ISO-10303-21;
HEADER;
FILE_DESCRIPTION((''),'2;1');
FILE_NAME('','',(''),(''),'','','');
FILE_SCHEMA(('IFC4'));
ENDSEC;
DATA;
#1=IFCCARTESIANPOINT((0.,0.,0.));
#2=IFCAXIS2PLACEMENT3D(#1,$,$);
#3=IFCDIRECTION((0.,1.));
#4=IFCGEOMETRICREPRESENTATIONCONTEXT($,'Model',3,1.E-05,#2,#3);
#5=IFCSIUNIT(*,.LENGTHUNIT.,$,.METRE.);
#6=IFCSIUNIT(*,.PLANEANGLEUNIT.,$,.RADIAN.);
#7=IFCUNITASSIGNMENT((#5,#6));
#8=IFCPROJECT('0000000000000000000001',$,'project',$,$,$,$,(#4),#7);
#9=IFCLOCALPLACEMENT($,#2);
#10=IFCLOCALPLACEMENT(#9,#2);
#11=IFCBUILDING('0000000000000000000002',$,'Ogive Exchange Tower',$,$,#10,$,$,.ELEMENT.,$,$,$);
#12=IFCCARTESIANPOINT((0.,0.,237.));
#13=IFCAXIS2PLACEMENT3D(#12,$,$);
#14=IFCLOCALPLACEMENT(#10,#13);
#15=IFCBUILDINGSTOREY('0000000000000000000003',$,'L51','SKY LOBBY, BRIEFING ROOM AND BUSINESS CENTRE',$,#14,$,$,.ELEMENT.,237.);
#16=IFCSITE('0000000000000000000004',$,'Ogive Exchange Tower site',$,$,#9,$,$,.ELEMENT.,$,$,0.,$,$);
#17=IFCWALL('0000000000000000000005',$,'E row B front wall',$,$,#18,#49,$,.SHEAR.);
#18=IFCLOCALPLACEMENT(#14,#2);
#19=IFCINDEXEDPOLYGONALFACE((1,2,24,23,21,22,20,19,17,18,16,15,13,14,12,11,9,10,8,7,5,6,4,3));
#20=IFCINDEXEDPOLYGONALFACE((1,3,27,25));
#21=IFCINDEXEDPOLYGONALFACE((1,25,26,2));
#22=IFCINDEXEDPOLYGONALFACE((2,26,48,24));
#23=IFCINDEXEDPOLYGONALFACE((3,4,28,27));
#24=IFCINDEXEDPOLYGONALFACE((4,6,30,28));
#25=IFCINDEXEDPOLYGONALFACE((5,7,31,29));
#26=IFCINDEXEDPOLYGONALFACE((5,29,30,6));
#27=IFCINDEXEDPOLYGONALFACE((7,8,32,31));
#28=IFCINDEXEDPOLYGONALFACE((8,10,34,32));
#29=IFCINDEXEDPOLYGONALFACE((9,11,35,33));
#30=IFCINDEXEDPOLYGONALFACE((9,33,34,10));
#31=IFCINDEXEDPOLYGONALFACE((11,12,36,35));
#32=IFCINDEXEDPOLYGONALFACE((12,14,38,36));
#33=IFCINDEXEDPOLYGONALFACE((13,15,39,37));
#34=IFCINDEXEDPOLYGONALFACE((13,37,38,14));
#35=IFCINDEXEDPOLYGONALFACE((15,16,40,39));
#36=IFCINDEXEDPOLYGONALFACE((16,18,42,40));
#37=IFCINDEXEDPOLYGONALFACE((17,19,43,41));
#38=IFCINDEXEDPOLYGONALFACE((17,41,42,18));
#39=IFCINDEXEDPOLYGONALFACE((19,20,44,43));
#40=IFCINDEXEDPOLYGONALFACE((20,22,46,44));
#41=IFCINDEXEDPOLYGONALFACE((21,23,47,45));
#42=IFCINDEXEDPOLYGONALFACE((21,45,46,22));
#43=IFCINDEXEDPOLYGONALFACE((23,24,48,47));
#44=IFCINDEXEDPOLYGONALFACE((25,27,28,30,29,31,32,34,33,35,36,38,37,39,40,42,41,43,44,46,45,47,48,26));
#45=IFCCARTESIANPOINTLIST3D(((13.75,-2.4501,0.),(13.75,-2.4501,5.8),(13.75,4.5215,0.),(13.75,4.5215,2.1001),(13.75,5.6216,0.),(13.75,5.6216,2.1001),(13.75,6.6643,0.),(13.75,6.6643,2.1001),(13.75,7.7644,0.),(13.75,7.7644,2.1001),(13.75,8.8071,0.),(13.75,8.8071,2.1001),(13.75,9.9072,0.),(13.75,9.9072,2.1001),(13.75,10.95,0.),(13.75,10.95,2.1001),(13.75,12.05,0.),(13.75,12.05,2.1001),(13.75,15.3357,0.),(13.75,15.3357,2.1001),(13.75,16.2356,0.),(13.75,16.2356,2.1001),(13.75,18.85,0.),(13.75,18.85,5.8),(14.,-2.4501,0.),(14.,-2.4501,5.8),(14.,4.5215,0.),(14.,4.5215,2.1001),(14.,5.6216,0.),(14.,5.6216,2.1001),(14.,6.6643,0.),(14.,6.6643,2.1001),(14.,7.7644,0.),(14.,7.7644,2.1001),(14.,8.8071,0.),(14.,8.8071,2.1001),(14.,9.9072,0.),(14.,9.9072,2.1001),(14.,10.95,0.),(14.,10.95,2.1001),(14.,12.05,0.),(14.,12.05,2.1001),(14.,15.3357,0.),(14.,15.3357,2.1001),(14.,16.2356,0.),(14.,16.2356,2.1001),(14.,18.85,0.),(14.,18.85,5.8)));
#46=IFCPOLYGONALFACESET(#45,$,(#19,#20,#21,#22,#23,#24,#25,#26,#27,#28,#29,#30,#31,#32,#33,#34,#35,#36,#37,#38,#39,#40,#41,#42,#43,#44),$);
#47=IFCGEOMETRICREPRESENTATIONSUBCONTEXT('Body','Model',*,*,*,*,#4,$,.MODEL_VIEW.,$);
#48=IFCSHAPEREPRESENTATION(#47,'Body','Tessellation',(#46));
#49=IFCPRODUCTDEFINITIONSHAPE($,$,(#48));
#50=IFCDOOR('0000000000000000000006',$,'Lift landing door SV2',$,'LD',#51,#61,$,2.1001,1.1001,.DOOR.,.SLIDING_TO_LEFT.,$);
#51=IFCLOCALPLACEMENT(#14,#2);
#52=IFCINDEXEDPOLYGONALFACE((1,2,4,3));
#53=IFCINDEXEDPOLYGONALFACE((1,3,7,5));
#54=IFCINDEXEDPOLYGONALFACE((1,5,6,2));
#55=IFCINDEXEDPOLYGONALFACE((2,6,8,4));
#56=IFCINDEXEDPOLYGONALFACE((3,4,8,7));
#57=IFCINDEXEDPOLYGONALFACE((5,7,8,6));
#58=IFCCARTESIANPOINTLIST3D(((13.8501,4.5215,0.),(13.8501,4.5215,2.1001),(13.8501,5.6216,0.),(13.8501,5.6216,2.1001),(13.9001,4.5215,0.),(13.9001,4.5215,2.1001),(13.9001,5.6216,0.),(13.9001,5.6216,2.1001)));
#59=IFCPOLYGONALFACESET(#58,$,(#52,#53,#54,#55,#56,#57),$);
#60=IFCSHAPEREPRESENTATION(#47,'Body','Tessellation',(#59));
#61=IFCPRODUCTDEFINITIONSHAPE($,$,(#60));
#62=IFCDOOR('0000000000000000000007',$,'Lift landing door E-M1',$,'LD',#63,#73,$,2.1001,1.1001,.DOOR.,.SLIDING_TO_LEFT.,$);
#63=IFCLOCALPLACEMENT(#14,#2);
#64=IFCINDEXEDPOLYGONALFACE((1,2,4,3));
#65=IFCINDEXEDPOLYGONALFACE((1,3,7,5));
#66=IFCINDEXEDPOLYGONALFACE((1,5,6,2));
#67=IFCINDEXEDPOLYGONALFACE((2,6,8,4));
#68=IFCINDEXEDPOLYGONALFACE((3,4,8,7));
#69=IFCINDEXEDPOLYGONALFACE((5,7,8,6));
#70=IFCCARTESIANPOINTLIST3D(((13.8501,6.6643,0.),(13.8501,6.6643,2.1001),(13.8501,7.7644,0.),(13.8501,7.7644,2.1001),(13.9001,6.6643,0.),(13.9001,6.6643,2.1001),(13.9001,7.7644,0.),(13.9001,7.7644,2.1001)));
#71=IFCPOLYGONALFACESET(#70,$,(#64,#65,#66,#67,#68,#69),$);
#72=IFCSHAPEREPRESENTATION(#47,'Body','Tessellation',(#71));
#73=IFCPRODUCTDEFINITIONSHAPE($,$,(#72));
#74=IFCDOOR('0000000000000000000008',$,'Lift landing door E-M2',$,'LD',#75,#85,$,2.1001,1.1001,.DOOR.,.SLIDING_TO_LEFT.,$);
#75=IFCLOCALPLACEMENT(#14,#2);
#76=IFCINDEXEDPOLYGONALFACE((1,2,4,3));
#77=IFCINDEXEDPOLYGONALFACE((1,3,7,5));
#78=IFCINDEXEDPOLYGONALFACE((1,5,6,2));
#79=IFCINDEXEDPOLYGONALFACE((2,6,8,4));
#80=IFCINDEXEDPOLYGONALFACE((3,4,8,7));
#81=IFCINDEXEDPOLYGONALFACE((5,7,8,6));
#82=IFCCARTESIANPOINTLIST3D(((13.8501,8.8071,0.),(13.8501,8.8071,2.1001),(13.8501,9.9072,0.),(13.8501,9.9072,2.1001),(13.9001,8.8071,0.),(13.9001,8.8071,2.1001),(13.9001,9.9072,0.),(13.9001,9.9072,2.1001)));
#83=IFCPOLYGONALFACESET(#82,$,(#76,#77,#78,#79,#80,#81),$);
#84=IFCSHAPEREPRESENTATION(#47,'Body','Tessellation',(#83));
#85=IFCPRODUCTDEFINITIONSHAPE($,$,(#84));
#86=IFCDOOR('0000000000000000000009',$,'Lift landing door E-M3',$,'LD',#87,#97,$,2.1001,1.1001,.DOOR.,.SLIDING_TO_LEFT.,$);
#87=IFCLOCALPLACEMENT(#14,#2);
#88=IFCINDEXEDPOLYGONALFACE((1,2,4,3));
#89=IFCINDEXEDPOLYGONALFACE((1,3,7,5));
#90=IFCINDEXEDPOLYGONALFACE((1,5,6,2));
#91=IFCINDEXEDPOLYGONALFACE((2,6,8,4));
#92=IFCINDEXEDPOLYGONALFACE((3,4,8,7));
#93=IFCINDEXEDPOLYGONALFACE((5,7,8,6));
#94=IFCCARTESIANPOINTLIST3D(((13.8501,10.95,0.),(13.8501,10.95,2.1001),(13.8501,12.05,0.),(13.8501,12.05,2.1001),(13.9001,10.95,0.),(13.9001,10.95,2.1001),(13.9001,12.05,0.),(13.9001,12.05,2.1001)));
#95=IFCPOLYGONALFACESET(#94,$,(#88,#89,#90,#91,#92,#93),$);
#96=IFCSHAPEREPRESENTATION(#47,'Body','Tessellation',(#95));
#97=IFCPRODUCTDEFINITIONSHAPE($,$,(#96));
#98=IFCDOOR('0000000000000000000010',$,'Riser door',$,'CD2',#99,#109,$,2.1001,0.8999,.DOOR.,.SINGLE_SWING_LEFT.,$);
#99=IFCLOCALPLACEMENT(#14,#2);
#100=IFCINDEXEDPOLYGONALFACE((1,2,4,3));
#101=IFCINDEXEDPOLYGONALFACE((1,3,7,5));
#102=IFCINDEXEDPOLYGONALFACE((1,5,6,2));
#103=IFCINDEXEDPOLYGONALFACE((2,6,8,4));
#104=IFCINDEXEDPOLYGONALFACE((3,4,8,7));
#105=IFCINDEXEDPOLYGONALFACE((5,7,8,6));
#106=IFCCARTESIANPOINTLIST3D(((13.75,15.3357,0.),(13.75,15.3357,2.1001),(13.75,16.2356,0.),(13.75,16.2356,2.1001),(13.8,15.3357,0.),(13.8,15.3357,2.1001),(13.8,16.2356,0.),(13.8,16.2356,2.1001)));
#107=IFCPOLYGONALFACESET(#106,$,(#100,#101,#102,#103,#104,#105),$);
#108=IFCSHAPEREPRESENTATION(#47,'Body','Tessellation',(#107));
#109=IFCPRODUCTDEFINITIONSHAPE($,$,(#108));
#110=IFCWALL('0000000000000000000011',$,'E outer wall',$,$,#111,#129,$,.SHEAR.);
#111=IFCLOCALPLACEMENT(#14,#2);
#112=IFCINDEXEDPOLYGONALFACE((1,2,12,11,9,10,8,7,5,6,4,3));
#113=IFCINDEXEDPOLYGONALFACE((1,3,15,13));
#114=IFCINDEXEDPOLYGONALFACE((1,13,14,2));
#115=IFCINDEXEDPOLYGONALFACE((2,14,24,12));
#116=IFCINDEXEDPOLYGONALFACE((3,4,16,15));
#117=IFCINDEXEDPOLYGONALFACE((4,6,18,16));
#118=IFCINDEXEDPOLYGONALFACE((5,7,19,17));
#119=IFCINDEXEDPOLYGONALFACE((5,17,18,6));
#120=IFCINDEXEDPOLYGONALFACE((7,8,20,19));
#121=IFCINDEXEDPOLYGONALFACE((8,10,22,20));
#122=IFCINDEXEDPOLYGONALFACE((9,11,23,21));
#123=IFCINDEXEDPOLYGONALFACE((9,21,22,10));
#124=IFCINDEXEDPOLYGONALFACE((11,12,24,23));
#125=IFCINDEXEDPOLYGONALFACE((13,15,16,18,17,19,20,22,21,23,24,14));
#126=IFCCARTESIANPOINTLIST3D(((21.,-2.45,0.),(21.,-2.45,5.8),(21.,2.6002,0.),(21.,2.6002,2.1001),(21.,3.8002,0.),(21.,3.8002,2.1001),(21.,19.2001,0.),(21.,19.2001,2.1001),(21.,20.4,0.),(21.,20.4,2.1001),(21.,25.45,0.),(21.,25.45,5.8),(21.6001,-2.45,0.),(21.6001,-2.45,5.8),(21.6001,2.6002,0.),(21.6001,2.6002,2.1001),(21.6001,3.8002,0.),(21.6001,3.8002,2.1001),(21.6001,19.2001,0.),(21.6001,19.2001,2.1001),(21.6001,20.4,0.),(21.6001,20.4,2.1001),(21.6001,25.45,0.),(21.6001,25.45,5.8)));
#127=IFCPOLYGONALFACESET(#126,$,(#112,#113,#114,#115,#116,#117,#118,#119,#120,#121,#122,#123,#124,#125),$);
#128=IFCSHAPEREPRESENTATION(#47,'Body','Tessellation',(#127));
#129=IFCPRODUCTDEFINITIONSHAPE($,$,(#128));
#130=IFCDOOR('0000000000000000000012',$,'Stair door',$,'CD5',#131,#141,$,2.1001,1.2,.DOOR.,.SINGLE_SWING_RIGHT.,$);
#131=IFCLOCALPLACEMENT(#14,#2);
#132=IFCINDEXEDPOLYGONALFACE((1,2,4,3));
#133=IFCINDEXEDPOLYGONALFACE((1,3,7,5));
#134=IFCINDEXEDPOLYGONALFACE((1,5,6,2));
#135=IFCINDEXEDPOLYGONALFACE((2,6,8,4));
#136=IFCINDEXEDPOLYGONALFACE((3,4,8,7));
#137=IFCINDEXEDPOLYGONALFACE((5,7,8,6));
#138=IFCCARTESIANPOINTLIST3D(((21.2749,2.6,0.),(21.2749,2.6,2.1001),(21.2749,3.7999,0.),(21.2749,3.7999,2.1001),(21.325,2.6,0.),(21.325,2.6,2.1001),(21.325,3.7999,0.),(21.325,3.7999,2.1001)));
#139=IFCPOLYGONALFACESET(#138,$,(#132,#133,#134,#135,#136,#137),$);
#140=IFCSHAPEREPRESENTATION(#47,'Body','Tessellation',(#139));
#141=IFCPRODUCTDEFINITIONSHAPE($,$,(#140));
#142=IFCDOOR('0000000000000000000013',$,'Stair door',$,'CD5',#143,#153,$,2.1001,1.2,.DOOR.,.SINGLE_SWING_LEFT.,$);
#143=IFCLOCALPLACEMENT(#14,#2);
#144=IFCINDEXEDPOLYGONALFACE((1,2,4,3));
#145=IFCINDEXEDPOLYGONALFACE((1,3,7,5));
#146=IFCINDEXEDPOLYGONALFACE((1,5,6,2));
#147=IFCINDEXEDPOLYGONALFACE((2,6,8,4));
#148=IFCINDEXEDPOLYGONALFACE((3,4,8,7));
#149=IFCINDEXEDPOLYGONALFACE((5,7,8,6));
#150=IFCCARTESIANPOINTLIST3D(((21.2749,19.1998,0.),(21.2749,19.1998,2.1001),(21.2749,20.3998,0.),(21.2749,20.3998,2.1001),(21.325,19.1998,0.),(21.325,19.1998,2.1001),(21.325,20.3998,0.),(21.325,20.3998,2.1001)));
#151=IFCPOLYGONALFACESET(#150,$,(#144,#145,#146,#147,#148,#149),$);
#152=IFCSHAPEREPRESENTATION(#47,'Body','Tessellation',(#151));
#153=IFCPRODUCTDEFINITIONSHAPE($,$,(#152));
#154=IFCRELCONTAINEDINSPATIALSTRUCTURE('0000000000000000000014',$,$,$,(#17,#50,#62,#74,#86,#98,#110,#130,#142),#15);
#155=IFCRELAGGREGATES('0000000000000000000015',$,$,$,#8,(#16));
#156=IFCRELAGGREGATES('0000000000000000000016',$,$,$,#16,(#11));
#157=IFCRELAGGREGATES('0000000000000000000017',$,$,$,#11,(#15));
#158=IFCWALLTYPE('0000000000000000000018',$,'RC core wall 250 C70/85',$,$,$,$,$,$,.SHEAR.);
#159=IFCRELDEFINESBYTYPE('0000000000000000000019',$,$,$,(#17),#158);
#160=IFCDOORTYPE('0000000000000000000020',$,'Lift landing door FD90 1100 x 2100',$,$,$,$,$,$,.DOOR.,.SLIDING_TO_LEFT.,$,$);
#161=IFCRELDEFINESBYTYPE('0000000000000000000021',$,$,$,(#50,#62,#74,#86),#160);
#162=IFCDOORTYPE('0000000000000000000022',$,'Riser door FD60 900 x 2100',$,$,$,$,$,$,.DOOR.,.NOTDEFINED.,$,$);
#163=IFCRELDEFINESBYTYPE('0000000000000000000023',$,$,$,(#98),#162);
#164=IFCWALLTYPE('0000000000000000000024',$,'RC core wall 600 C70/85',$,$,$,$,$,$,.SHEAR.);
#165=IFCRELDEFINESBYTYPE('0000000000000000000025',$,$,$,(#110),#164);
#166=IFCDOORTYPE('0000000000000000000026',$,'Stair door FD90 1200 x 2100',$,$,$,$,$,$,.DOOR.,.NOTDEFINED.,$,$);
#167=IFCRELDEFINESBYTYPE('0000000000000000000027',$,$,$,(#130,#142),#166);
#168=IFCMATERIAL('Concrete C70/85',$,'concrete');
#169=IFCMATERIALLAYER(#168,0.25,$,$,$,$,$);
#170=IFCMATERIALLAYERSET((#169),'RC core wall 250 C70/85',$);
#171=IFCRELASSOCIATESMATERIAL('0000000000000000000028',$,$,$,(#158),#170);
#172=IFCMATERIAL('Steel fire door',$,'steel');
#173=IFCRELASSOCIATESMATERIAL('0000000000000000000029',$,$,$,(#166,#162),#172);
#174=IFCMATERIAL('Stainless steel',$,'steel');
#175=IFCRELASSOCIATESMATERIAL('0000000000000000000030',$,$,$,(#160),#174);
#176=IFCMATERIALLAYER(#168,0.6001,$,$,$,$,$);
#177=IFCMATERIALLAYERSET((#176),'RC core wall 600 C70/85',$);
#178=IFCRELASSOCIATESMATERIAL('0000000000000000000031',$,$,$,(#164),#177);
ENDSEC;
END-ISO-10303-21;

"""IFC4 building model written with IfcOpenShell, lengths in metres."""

from ifc_helpers import new_model, si_unit, direction, frame, frame_2d, origin, place, context, subcontext, project, spatial, rectangle, extrude, material, layer, layer_set, type_object, element, fill, save


model = new_model("IFC4")

# Units and contexts
model_context = context("Model", 3, precision=1e-05, world=origin(), true_north=direction((0.0, 1.0)))
body_context = subcontext(model_context, "Body", "Model", "MODEL_VIEW")
ifc_project = project(units=[si_unit("LENGTHUNIT", "METRE"), si_unit("PLANEANGLEUNIT", "RADIAN")], contexts=[model_context])

# Site, building, storey
site_placement = place(None, origin())
site = spatial("IfcSite", under=ifc_project, at=site_placement, Name="Ogive Exchange Tower site", CompositionType="ELEMENT", RefElevation=0.0)
building_placement = place(site_placement, origin())
building = spatial("IfcBuilding", under=site, at=building_placement, Name="Ogive Exchange Tower", CompositionType="ELEMENT")
storey_placement = place(building_placement, frame((0.0, 0.0, 237.0)))
storey = spatial("IfcBuildingStorey", under=building, at=storey_placement, Name="L51", Description="SKY LOBBY, BRIEFING ROOM AND BUSINESS CENTRE", CompositionType="ELEMENT", Elevation=237.0)

# Shared definitions
ifc_material_1 = material(Name="Concrete C70/85", Category="concrete")
ifc_layer_1 = layer(ifc_material_1, 0.25)
ifc_layer_set_1 = layer_set([ifc_layer_1], Name="RC core wall 250 C70/85")
wall_type_1 = type_object("IfcWallType", Name="RC core wall 250 C70/85", PredefinedType="SHEAR", material=ifc_layer_set_1)
ifc_material_2 = material(Name="Steel fire door", Category="steel")
door_type_1 = type_object("IfcDoorType", Name="Stair door FD90 1200 x 2100", OperationType="NOTDEFINED", PredefinedType="DOOR", material=ifc_material_2)

# Walls, openings, doors
wall_1_placement = place(storey_placement, frame((13.875, -2.45, 0.0), z_axis=(0.0, 0.0, 1.0), x_axis=(0.0, 1.0, 0.0)))
wall_1 = element("IfcWall", 1, at=wall_1_placement, inside=storey, type_object=wall_type_1, Name="E row B front wall", PredefinedType="SHEAR", context=body_context, shape_type="SweptSolid", body=[
    extrude(rectangle(XDim=21.3, YDim=0.25, at=frame_2d((10.6499, 0.0))), origin(), (0.0, 0.0, 1.0), 5.8),
])
opening_1_placement = place(wall_1_placement, frame((17.7856, 0.0, 0.0)))
opening_1 = element("IfcOpeningElement", 2, at=opening_1_placement, cuts=wall_1, PredefinedType="OPENING", context=body_context, shape_type="SweptSolid", body=[
    extrude(rectangle(XDim=0.8999, YDim=2.1001, at=frame_2d((0.45, 1.05))), frame((0.0, 0.135, 0.0), z_axis=(0.0, -1.0, 0.0), x_axis=(1.0, 0.0, 0.0)), (0.0, 0.0, 1.0), 0.27),
])
opening_2_placement = place(wall_1_placement, frame((6.9714, 0.0, 0.0)))
opening_2 = element("IfcOpeningElement", 3, at=opening_2_placement, cuts=wall_1, PredefinedType="OPENING", context=body_context, shape_type="SweptSolid", body=[
    extrude(rectangle(XDim=1.1001, YDim=2.1001, at=frame_2d((0.55, 1.05))), frame((0.0, 0.135, 0.0), z_axis=(0.0, -1.0, 0.0), x_axis=(1.0, 0.0, 0.0)), (0.0, 0.0, 1.0), 0.27),
])
opening_3_placement = place(wall_1_placement, frame((9.1143, 0.0, 0.0)))
opening_3 = element("IfcOpeningElement", 4, at=opening_3_placement, cuts=wall_1, PredefinedType="OPENING", context=body_context, shape_type="SweptSolid", body=[
    extrude(rectangle(XDim=1.1001, YDim=2.1001, at=frame_2d((0.55, 1.05))), frame((0.0, 0.135, 0.0), z_axis=(0.0, -1.0, 0.0), x_axis=(1.0, 0.0, 0.0)), (0.0, 0.0, 1.0), 0.27),
])
opening_4_placement = place(wall_1_placement, frame((11.2571, 0.0, 0.0)))
opening_4 = element("IfcOpeningElement", 5, at=opening_4_placement, cuts=wall_1, PredefinedType="OPENING", context=body_context, shape_type="SweptSolid", body=[
    extrude(rectangle(XDim=1.1001, YDim=2.1001, at=frame_2d((0.55, 1.05))), frame((0.0, 0.135, 0.0), z_axis=(0.0, -1.0, 0.0), x_axis=(1.0, 0.0, 0.0)), (0.0, 0.0, 1.0), 0.27),
])
opening_5_placement = place(wall_1_placement, frame((13.3999, 0.0, 0.0)))
opening_5 = element("IfcOpeningElement", 6, at=opening_5_placement, cuts=wall_1, PredefinedType="OPENING", context=body_context, shape_type="SweptSolid", body=[
    extrude(rectangle(XDim=1.1001, YDim=2.1001, at=frame_2d((0.55, 1.05))), frame((0.0, 0.135, 0.0), z_axis=(0.0, -1.0, 0.0), x_axis=(1.0, 0.0, 0.0)), (0.0, 0.0, 1.0), 0.27),
])
ifc_material_3 = material(Name="Stainless steel", Category="steel")
door_type_2 = type_object("IfcDoorType", Name="Lift landing door FD90 1100 x 2100", OperationType="SLIDING_TO_LEFT", PredefinedType="DOOR", material=ifc_material_3)
door_1_placement = place(opening_2_placement, origin())
door_1 = element("IfcDoor", 7, at=door_1_placement, inside=storey, type_object=door_type_2, Name="Lift landing door SV2", ObjectType="LD", OperationType="SLIDING_TO_LEFT", OverallHeight=2.1001, OverallWidth=1.1001, PredefinedType="DOOR", context=body_context, shape_type="SweptSolid", body=[
    extrude(rectangle(XDim=1.1001, YDim=2.1001, at=frame_2d((0.55, 1.05))), frame((0.0, 0.0249, 0.0), z_axis=(0.0, -1.0, 0.0), x_axis=(1.0, 0.0, 0.0)), (0.0, 0.0, 1.0), 0.05),
])
fill(opening_2, door_1)
door_2_placement = place(opening_3_placement, origin())
door_2 = element("IfcDoor", 8, at=door_2_placement, inside=storey, type_object=door_type_2, Name="Lift landing door E-M1", ObjectType="LD", OperationType="SLIDING_TO_LEFT", OverallHeight=2.1001, OverallWidth=1.1001, PredefinedType="DOOR", context=body_context, shape_type="SweptSolid", body=[
    extrude(rectangle(XDim=1.1001, YDim=2.1001, at=frame_2d((0.55, 1.05))), frame((0.0, 0.0249, 0.0), z_axis=(0.0, -1.0, 0.0), x_axis=(1.0, 0.0, 0.0)), (0.0, 0.0, 1.0), 0.05),
])
fill(opening_3, door_2)
door_3_placement = place(opening_4_placement, origin())
door_3 = element("IfcDoor", 9, at=door_3_placement, inside=storey, type_object=door_type_2, Name="Lift landing door E-M2", ObjectType="LD", OperationType="SLIDING_TO_LEFT", OverallHeight=2.1001, OverallWidth=1.1001, PredefinedType="DOOR", context=body_context, shape_type="SweptSolid", body=[
    extrude(rectangle(XDim=1.1001, YDim=2.1001, at=frame_2d((0.55, 1.05))), frame((0.0, 0.0249, 0.0), z_axis=(0.0, -1.0, 0.0), x_axis=(1.0, 0.0, 0.0)), (0.0, 0.0, 1.0), 0.05),
])
fill(opening_4, door_3)
door_4_placement = place(opening_5_placement, origin())
door_4 = element("IfcDoor", 10, at=door_4_placement, inside=storey, type_object=door_type_2, Name="Lift landing door E-M3", ObjectType="LD", OperationType="SLIDING_TO_LEFT", OverallHeight=2.1001, OverallWidth=1.1001, PredefinedType="DOOR", context=body_context, shape_type="SweptSolid", body=[
    extrude(rectangle(XDim=1.1001, YDim=2.1001, at=frame_2d((0.55, 1.05))), frame((0.0, 0.0249, 0.0), z_axis=(0.0, -1.0, 0.0), x_axis=(1.0, 0.0, 0.0)), (0.0, 0.0, 1.0), 0.05),
])
fill(opening_5, door_4)
door_type_3 = type_object("IfcDoorType", Name="Riser door FD60 900 x 2100", OperationType="NOTDEFINED", PredefinedType="DOOR", material=ifc_material_2)
door_5_placement = place(opening_1_placement, origin())
door_5 = element("IfcDoor", 11, at=door_5_placement, inside=storey, type_object=door_type_3, Name="Riser door", ObjectType="CD2", OperationType="SINGLE_SWING_LEFT", OverallHeight=2.1001, OverallWidth=0.8999, PredefinedType="DOOR", context=body_context, shape_type="SweptSolid", body=[
    extrude(rectangle(XDim=0.8999, YDim=2.1001, at=frame_2d((0.45, 1.05))), frame((0.0, 0.125, 0.0), z_axis=(0.0, -1.0, 0.0), x_axis=(1.0, 0.0, 0.0)), (0.0, 0.0, 1.0), 0.05),
])
fill(opening_1, door_5)
ifc_layer_2 = layer(ifc_material_1, 0.6001)
ifc_layer_set_2 = layer_set([ifc_layer_2], Name="RC core wall 600 C70/85")
wall_type_2 = type_object("IfcWallType", Name="RC core wall 600 C70/85", PredefinedType="SHEAR", material=ifc_layer_set_2)
wall_2_placement = place(storey_placement, frame((21.3, -2.45, 0.0), z_axis=(0.0, 0.0, 1.0), x_axis=(0.0, 1.0, 0.0)))
wall_2 = element("IfcWall", 12, at=wall_2_placement, inside=storey, type_object=wall_type_2, Name="E outer wall", PredefinedType="SHEAR", context=body_context, shape_type="SweptSolid", body=[
    extrude(rectangle(XDim=27.8999, YDim=0.6001, at=frame_2d((13.95, 0.0))), origin(), (0.0, 0.0, 1.0), 5.8),
])
opening_6_placement = place(wall_2_placement, frame((5.05, 0.0, 0.0)))
opening_6 = element("IfcOpeningElement", 13, at=opening_6_placement, cuts=wall_2, PredefinedType="OPENING", context=body_context, shape_type="SweptSolid", body=[
    extrude(rectangle(XDim=1.2, YDim=2.1001, at=frame_2d((0.6001, 1.05))), frame((0.0, 0.3101, 0.0), z_axis=(0.0, -1.0, 0.0), x_axis=(1.0, 0.0, 0.0)), (0.0, 0.0, 1.0), 0.6201),
])
opening_7_placement = place(wall_2_placement, frame((21.6499, 0.0, 0.0)))
opening_7 = element("IfcOpeningElement", 14, at=opening_7_placement, cuts=wall_2, PredefinedType="OPENING", context=body_context, shape_type="SweptSolid", body=[
    extrude(rectangle(XDim=1.2, YDim=2.1001, at=frame_2d((0.6001, 1.05))), frame((0.0, 0.3101, 0.0), z_axis=(0.0, -1.0, 0.0), x_axis=(1.0, 0.0, 0.0)), (0.0, 0.0, 1.0), 0.6201),
])
door_6_placement = place(opening_6_placement, frame((1.2, 0.0, 0.0), z_axis=(0.0, 0.0, 1.0), x_axis=(-1.0, 0.0, 0.0)))
door_6 = element("IfcDoor", 15, at=door_6_placement, inside=storey, type_object=door_type_1, Name="Stair door", ObjectType="CD5", OperationType="SINGLE_SWING_RIGHT", OverallHeight=2.1001, OverallWidth=1.2, PredefinedType="DOOR", context=body_context, shape_type="SweptSolid", body=[
    extrude(rectangle(XDim=1.2, YDim=2.1001, at=frame_2d((0.6001, 1.05))), frame((0.0, 0.0249, 0.0), z_axis=(0.0, -1.0, 0.0), x_axis=(1.0, 0.0, 0.0)), (0.0, 0.0, 1.0), 0.05),
])
fill(opening_6, door_6)
door_7_placement = place(opening_7_placement, frame((1.2, 0.0, 0.0), z_axis=(0.0, 0.0, 1.0), x_axis=(-1.0, 0.0, 0.0)))
door_7 = element("IfcDoor", 16, at=door_7_placement, inside=storey, type_object=door_type_1, Name="Stair door", ObjectType="CD5", OperationType="SINGLE_SWING_LEFT", OverallHeight=2.1001, OverallWidth=1.2, PredefinedType="DOOR", context=body_context, shape_type="SweptSolid", body=[
    extrude(rectangle(XDim=1.2, YDim=2.1001, at=frame_2d((0.6001, 1.05))), frame((0.0, 0.0249, 0.0), z_axis=(0.0, -1.0, 0.0), x_axis=(1.0, 0.0, 0.0)), (0.0, 0.0, 1.0), 0.05),
])
fill(opening_7, door_7)

save(model, "model.ifc")
